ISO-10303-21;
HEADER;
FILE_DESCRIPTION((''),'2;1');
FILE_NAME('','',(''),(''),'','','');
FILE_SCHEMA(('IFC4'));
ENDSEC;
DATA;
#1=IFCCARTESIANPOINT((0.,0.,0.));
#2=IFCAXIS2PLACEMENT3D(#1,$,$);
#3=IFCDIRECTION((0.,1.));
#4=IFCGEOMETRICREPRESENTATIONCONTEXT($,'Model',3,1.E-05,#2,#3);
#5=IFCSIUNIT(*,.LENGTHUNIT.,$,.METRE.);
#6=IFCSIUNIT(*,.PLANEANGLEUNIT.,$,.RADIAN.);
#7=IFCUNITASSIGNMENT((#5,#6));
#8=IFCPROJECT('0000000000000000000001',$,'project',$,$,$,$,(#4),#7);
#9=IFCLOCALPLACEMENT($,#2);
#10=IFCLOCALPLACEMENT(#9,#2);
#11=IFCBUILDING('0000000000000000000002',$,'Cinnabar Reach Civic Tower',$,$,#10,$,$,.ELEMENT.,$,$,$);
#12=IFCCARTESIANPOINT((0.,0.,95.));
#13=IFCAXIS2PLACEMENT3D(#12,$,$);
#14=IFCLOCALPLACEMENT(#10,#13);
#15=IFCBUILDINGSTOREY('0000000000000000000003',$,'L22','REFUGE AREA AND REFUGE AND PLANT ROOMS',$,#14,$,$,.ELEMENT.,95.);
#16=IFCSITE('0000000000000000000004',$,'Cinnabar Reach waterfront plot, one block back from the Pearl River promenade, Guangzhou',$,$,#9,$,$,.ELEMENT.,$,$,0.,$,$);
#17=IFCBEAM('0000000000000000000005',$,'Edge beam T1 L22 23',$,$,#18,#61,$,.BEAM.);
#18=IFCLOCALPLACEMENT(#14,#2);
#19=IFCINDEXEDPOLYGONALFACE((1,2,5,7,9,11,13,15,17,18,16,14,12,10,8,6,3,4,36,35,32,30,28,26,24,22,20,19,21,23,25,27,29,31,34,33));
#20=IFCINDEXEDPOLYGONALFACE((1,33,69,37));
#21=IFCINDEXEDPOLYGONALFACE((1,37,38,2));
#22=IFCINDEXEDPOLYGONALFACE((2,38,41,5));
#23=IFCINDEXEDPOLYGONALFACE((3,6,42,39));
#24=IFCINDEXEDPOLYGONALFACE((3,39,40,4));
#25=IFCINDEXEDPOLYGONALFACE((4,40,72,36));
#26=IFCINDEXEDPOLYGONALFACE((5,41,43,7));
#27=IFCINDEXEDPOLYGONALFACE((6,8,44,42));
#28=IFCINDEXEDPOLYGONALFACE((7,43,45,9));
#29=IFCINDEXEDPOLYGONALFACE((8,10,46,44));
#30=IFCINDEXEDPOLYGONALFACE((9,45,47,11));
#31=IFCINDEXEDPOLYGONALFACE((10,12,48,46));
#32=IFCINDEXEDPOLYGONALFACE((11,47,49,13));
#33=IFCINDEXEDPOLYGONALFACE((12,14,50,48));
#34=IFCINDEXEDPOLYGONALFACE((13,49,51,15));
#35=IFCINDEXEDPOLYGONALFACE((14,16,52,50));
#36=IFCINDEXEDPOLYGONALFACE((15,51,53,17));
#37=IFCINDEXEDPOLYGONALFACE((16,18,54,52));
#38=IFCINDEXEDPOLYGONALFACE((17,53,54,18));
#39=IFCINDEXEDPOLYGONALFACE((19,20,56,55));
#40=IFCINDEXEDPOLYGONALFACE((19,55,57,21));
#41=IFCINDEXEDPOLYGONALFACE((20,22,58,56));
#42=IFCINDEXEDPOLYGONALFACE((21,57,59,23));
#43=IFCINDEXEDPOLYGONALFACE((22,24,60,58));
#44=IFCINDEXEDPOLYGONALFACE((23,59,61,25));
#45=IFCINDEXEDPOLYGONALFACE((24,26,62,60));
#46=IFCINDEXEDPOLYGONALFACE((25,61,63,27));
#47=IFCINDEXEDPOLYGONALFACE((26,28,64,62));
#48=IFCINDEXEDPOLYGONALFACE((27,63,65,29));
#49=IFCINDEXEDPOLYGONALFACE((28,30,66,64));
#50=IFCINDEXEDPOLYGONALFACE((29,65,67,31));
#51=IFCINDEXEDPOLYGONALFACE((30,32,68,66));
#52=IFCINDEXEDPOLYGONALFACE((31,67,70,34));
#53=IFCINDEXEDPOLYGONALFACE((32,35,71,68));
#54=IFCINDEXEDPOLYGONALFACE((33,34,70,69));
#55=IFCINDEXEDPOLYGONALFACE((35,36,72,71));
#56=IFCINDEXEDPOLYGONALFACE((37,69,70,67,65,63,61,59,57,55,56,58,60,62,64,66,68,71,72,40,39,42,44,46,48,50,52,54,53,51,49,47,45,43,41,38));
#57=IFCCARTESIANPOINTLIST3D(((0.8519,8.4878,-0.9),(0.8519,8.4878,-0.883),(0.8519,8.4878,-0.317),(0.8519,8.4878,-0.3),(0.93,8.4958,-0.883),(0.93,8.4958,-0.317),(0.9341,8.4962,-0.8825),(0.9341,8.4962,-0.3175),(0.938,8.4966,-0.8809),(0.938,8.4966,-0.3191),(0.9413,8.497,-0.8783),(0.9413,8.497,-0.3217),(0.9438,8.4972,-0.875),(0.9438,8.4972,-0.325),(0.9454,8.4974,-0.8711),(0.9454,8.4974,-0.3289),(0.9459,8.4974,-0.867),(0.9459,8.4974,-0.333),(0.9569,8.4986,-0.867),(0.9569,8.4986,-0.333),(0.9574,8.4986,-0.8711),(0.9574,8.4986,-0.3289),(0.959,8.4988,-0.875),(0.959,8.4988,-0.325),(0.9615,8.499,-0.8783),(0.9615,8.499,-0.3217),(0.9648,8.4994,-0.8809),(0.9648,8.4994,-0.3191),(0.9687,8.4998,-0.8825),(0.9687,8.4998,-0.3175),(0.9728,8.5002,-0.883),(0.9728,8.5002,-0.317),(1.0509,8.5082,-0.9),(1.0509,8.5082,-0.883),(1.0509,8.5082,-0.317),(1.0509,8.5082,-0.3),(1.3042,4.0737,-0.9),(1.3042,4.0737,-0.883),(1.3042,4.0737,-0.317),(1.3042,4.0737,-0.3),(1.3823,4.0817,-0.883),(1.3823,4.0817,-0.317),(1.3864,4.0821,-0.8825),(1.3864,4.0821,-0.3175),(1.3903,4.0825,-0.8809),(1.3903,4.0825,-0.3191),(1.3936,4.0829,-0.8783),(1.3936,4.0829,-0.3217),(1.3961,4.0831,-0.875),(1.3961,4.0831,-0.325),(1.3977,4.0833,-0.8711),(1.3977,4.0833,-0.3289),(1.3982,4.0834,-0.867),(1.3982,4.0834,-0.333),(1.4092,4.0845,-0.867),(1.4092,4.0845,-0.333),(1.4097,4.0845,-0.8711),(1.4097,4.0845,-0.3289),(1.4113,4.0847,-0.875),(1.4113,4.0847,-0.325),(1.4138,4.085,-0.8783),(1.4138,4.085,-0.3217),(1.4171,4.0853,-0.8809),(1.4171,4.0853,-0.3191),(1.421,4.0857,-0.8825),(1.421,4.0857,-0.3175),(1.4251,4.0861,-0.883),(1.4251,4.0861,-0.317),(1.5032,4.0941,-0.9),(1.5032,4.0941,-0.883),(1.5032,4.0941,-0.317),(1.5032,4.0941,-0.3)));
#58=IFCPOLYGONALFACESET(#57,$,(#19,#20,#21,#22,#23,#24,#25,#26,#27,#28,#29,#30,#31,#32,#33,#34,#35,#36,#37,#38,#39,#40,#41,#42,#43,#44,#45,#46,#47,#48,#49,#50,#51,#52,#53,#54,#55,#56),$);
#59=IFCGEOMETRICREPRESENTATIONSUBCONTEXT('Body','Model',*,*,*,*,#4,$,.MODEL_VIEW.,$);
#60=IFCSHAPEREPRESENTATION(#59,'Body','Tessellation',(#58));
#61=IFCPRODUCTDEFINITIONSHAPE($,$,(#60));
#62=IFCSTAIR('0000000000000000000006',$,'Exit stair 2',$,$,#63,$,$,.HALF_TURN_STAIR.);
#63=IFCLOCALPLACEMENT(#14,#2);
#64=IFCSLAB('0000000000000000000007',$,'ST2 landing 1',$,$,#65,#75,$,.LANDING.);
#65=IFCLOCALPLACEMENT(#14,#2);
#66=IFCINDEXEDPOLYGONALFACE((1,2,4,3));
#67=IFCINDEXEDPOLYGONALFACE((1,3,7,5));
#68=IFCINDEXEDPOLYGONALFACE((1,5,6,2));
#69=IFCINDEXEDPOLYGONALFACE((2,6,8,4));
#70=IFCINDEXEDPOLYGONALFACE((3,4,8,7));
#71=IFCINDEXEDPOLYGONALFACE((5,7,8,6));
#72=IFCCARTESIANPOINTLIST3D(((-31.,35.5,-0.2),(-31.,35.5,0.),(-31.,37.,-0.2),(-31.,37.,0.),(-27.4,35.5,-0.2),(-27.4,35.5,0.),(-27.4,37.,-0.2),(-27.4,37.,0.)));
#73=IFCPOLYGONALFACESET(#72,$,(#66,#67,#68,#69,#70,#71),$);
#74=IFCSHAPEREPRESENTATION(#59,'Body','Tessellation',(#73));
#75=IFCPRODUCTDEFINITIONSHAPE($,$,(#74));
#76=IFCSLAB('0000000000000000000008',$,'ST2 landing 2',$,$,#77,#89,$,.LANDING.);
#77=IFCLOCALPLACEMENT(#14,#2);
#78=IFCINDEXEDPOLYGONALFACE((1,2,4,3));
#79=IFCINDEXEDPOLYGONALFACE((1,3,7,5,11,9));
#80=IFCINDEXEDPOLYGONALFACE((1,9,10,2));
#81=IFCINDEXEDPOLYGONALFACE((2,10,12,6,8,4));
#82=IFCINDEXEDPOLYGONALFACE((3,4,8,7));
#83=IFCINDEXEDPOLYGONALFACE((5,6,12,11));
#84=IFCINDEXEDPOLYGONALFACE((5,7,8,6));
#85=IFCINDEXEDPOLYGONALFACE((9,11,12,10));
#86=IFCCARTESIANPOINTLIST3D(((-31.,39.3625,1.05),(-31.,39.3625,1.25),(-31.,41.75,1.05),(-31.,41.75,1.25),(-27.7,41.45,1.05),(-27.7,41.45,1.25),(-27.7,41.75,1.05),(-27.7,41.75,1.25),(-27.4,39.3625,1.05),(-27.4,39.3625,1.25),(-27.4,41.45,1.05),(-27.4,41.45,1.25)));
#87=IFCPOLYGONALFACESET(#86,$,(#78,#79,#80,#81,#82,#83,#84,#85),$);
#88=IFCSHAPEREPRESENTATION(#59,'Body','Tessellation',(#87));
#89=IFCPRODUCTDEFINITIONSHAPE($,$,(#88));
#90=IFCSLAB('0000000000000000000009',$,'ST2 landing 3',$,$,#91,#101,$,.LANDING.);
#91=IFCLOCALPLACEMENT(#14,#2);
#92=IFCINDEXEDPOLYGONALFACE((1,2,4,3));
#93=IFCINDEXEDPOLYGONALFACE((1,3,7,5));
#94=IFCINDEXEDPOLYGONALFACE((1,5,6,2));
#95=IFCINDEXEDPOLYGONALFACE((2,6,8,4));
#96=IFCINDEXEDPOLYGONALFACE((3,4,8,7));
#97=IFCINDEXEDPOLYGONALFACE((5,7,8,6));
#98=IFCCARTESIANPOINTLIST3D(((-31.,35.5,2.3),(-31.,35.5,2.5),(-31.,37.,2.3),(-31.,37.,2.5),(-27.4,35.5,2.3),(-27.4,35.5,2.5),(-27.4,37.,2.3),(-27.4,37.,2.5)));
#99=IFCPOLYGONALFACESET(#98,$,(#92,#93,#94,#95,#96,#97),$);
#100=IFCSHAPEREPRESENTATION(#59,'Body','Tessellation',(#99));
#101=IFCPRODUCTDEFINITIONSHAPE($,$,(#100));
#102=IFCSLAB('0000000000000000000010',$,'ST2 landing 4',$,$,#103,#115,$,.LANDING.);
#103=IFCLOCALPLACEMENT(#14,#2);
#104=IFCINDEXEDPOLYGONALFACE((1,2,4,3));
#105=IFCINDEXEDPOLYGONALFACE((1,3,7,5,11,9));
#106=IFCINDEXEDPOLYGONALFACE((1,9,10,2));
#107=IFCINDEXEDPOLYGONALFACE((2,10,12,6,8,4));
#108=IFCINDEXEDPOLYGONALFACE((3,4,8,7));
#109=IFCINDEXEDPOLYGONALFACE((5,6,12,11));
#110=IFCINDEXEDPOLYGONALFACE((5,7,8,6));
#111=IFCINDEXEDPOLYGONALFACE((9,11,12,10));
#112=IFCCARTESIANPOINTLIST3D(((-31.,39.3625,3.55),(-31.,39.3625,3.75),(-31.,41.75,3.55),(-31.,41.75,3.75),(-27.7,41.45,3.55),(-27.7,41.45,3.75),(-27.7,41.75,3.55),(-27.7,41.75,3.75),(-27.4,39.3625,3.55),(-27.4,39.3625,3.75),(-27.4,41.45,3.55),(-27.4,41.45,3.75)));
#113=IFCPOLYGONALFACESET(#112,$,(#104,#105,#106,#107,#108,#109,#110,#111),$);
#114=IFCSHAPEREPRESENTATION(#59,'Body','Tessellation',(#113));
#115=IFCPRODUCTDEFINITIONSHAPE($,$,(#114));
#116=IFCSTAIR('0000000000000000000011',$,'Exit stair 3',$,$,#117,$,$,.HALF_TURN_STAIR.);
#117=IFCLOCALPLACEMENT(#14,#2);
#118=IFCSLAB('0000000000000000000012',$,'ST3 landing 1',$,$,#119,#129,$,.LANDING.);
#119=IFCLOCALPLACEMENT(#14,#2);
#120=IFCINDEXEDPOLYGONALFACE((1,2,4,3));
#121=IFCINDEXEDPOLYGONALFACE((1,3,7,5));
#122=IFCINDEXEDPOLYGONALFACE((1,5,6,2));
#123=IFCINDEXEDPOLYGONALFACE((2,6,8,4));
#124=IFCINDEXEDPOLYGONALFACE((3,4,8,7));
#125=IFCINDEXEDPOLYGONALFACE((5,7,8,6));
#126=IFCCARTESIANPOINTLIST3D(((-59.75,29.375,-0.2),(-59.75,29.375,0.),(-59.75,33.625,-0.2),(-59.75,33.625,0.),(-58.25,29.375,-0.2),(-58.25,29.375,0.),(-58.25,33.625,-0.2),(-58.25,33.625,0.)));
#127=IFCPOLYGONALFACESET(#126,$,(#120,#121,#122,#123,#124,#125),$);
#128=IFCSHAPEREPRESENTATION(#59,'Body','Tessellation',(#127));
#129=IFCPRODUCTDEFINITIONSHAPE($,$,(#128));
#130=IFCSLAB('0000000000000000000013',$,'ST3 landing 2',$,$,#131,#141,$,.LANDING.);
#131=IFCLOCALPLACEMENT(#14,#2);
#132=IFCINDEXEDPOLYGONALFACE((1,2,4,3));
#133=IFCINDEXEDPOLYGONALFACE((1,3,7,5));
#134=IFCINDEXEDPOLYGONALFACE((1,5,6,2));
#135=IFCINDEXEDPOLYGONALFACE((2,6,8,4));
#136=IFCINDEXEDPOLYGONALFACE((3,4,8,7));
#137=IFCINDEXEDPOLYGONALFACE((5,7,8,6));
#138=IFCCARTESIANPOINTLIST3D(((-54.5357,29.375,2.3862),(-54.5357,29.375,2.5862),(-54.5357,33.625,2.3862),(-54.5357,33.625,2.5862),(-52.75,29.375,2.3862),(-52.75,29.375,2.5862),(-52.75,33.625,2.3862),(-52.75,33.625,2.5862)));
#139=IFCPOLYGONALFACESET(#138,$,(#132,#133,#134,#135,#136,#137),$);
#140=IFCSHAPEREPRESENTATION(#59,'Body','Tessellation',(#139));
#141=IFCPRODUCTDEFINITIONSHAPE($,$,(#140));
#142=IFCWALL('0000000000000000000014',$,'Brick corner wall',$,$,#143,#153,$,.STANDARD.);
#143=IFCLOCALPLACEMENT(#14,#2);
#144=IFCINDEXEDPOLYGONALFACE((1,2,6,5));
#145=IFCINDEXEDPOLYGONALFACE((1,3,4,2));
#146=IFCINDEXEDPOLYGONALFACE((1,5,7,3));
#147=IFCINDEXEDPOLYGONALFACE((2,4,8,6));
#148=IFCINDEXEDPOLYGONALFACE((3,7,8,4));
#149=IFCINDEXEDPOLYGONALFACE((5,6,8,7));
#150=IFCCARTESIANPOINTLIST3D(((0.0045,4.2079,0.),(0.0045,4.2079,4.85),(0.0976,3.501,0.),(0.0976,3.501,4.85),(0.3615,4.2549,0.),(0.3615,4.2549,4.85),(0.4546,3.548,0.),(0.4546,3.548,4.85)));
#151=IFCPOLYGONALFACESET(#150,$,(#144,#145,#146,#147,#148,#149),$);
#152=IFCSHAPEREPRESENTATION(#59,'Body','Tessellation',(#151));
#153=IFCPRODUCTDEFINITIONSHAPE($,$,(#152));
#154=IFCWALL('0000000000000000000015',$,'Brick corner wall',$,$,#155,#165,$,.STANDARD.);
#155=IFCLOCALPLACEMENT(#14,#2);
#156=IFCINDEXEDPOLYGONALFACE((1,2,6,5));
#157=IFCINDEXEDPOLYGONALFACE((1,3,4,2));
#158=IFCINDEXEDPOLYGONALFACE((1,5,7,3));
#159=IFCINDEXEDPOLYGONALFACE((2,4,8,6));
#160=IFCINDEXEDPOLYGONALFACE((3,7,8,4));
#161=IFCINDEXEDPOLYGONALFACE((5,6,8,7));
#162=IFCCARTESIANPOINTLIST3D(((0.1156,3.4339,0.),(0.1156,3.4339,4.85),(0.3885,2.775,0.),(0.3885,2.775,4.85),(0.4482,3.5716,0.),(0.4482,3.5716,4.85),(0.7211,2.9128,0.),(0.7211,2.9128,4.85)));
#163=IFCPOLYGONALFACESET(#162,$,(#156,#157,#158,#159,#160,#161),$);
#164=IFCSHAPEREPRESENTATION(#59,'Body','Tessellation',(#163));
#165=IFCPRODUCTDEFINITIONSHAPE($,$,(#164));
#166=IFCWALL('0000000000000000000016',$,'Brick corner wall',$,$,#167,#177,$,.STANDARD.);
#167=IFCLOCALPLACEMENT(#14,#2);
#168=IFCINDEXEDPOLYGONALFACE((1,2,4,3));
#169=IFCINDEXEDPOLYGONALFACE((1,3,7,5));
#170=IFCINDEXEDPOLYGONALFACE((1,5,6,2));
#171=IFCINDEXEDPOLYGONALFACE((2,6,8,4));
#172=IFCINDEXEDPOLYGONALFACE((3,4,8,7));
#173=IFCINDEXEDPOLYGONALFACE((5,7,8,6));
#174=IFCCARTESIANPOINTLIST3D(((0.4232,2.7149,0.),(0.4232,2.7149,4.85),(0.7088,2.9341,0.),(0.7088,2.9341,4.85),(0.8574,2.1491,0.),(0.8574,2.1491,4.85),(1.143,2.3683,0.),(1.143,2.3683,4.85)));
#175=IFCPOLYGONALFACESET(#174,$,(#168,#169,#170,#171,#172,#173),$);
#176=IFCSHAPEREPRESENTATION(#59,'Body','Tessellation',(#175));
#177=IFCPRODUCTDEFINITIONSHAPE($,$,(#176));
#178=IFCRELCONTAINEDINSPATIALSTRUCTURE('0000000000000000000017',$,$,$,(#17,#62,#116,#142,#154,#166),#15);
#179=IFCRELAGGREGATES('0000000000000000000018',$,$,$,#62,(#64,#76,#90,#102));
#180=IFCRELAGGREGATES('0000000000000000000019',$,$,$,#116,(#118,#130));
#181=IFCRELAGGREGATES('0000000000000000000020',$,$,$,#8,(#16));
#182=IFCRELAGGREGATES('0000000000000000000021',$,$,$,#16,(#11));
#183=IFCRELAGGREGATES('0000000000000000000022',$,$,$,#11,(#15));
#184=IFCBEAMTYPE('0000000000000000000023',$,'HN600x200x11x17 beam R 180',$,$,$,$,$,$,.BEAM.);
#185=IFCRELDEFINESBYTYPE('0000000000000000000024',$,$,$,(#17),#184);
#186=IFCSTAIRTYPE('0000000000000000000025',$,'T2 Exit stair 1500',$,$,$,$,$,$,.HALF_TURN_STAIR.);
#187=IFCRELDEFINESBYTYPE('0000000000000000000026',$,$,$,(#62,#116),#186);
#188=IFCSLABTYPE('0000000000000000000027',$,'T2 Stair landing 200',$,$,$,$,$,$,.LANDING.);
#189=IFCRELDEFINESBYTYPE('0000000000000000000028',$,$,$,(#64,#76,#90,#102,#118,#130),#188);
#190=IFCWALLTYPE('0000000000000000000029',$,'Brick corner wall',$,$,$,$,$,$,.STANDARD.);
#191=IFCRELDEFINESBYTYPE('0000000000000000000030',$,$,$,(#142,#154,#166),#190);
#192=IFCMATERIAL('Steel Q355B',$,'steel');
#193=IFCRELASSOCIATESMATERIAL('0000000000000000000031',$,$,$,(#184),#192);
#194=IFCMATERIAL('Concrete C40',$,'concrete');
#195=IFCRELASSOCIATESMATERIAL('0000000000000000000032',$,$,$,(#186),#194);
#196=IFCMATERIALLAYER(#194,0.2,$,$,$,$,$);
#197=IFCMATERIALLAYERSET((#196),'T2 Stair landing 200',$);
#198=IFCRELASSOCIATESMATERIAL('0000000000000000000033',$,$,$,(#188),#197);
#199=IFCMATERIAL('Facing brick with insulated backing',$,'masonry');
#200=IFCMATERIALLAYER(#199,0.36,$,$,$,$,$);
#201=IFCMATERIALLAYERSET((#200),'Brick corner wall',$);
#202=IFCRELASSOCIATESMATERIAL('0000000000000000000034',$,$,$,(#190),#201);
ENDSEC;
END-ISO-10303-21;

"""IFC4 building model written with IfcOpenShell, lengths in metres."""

from ifc_helpers import new_model, si_unit, direction, frame, frame_2d, origin, origin_2d, place, context, subcontext, project, spatial, polyline, rectangle, i_section, outline, extrude, material, layer, layer_set, material_profile, profile_set, type_object, element, aggregate, save


model = new_model("IFC4")

# Units and contexts
model_context = context("Model", 3, precision=1e-05, world=origin(), true_north=direction((0.0, 1.0)))
body_context = subcontext(model_context, "Body", "Model", "MODEL_VIEW")
ifc_project = project(units=[si_unit("LENGTHUNIT", "METRE"), si_unit("PLANEANGLEUNIT", "RADIAN")], contexts=[model_context])

# Site, building, storey
site_placement = place(None, origin())
site = spatial("IfcSite", under=ifc_project, at=site_placement, Name="Cinnabar Reach waterfront plot, one block back from the Pearl River promenade, Guangzhou", CompositionType="ELEMENT", RefElevation=0.0)
building_placement = place(site_placement, origin())
building = spatial("IfcBuilding", under=site, at=building_placement, Name="Cinnabar Reach Civic Tower", CompositionType="ELEMENT")
storey_placement = place(building_placement, frame((0.0, 0.0, 95.0)))
storey = spatial("IfcBuildingStorey", under=building, at=storey_placement, Name="L22", Description="REFUGE AREA AND REFUGE AND PLANT ROOMS", CompositionType="ELEMENT", Elevation=95.0)

# Beam
ifc_material_1 = material(Name="Steel Q355B", Category="steel")
ifc_material_profile_1 = material_profile(ifc_material_1, i_section(OverallWidth=0.2, OverallDepth=0.6, WebThickness=0.011, FlangeThickness=0.017, FilletRadius=0.016, at=origin_2d()), Name="HN600x200x11x17")
ifc_profile_set_1 = profile_set([ifc_material_profile_1], Name="Steel Q355B")
beam_type_1 = type_object("IfcBeamType", Name="HN600x200x11x17 beam R 180", PredefinedType="BEAM", material=ifc_profile_set_1)
beam_1_placement = place(storey_placement, frame((0.9514, 8.498, -0.6), z_axis=(0.101933, -0.994791, 0.0), x_axis=(0.994791, 0.101933, 0.0)))
element("IfcBeam", 1, at=beam_1_placement, inside=storey, type_object=beam_type_1, Name="Edge beam T1 L22 23", PredefinedType="BEAM", context=body_context, shape_type="SweptSolid", body=[
    extrude(i_section(OverallWidth=0.2, OverallDepth=0.6, WebThickness=0.011, FlangeThickness=0.017, FilletRadius=0.016, at=origin_2d()), origin(), (0.0, 0.0, 1.0), 4.4372),
])

# Stairs, slabs
ifc_material_2 = material(Name="Concrete C40", Category="concrete")
stair_type = type_object("IfcStairType", Name="T2 Exit stair 1500", PredefinedType="HALF_TURN_STAIR", material=ifc_material_2)
stair_1_placement = place(storey_placement, origin())
stair_1 = element("IfcStair", 2, at=stair_1_placement, inside=storey, type_object=stair_type, Name="Exit stair 2", PredefinedType="HALF_TURN_STAIR")
ifc_layer_1 = layer(ifc_material_2, 0.2)
ifc_layer_set_1 = layer_set([ifc_layer_1], Name="T2 Stair landing 200")
slab_type = type_object("IfcSlabType", Name="T2 Stair landing 200", PredefinedType="LANDING", material=ifc_layer_set_1)
slab_1_placement = place(storey_placement, frame((0.0, 0.0, -0.2)))
slab_1 = element("IfcSlab", 3, at=slab_1_placement, type_object=slab_type, Name="ST2 landing 1", PredefinedType="LANDING", context=body_context, shape_type="SweptSolid", body=[
    extrude(outline(polyline([(-31.0, 35.5), (-31.0, 37.0), (-27.4, 37.0), (-27.4, 35.5), (-31.0, 35.5)])), origin(), (0.0, 0.0, 1.0), 0.2),
])
slab_2_placement = place(storey_placement, frame((0.0, 0.0, 1.05)))
slab_2 = element("IfcSlab", 4, at=slab_2_placement, type_object=slab_type, Name="ST2 landing 2", PredefinedType="LANDING", context=body_context, shape_type="SweptSolid", body=[
    extrude(outline(polyline([(-27.4, 39.3625), (-31.0, 39.3625), (-31.0, 41.75), (-27.7, 41.75), (-27.7, 41.45), (-27.4, 41.45), (-27.4, 39.3625)])), origin(), (0.0, 0.0, 1.0), 0.2),
])
slab_3_placement = place(storey_placement, frame((0.0, 0.0, 2.3)))
slab_3 = element("IfcSlab", 5, at=slab_3_placement, type_object=slab_type, Name="ST2 landing 3", PredefinedType="LANDING", context=body_context, shape_type="SweptSolid", body=[
    extrude(outline(polyline([(-31.0, 35.5), (-31.0, 37.0), (-27.4, 37.0), (-27.4, 35.5), (-31.0, 35.5)])), origin(), (0.0, 0.0, 1.0), 0.2),
])
slab_4_placement = place(storey_placement, frame((0.0, 0.0, 3.55)))
slab_4 = element("IfcSlab", 6, at=slab_4_placement, type_object=slab_type, Name="ST2 landing 4", PredefinedType="LANDING", context=body_context, shape_type="SweptSolid", body=[
    extrude(outline(polyline([(-27.4, 39.3625), (-31.0, 39.3625), (-31.0, 41.75), (-27.7, 41.75), (-27.7, 41.45), (-27.4, 41.45), (-27.4, 39.3625)])), origin(), (0.0, 0.0, 1.0), 0.2),
])
aggregate(stair_1, [slab_1, slab_2, slab_3, slab_4])
stair_2_placement = place(storey_placement, origin())
stair_2 = element("IfcStair", 7, at=stair_2_placement, inside=storey, type_object=stair_type, Name="Exit stair 3", PredefinedType="HALF_TURN_STAIR")
slab_5_placement = place(storey_placement, frame((0.0, 0.0, -0.2)))
slab_5 = element("IfcSlab", 8, at=slab_5_placement, type_object=slab_type, Name="ST3 landing 1", PredefinedType="LANDING", context=body_context, shape_type="SweptSolid", body=[
    extrude(outline(polyline([(-59.75, 29.375), (-59.75, 33.625), (-58.25, 33.625), (-58.25, 29.375), (-59.75, 29.375)])), origin(), (0.0, 0.0, 1.0), 0.2),
])
slab_6_placement = place(storey_placement, frame((0.0, 0.0, 2.3862)))
slab_6 = element("IfcSlab", 9, at=slab_6_placement, type_object=slab_type, Name="ST3 landing 2", PredefinedType="LANDING", context=body_context, shape_type="SweptSolid", body=[
    extrude(outline(polyline([(-54.5357, 29.375), (-54.5357, 33.625), (-52.75, 33.625), (-52.75, 29.375), (-54.5357, 29.375)])), origin(), (0.0, 0.0, 1.0), 0.2),
])
aggregate(stair_2, [slab_5, slab_6])

# Walls
ifc_material_3 = material(Name="Facing brick with insulated backing", Category="masonry")
ifc_layer_2 = layer(ifc_material_3, 0.36)
ifc_layer_set_2 = layer_set([ifc_layer_2], Name="Brick corner wall")
wall_type_1 = type_object("IfcWallType", Name="Brick corner wall", PredefinedType="STANDARD", material=ifc_layer_set_2)
for number, where, z_axis, x_axis, name in (
    (10, (0.183, 4.2314, 0.0), (0.0, 0.0, 1.0), (0.130556, -0.991441, 0.0), "Brick corner wall"),
    (11, (0.2819, 3.5027, 0.0), (0.0, 0.0, 1.0), (0.382703, -0.923872, 0.0), "Brick corner wall"),
):
    element("IfcWall", number, at=place(storey_placement, frame(where, z_axis=z_axis, x_axis=x_axis)), inside=storey, type_object=wall_type_1, Name=name, PredefinedType="STANDARD", context=body_context, shape_type="SweptSolid", body=[
        extrude(rectangle(XDim=0.7131, YDim=0.36, at=frame_2d((0.3565, 0.0))), origin(), (0.0, 0.0, 1.0), 4.85),
    ])
wall_1_placement = place(storey_placement, frame((0.566, 2.8245, 0.0), z_axis=(0.0, 0.0, 1.0), x_axis=(0.608802, -0.793322, 0.0)))
element("IfcWall", 12, at=wall_1_placement, inside=storey, type_object=wall_type_1, Name="Brick corner wall", PredefinedType="STANDARD", context=body_context, shape_type="SweptSolid", body=[
    extrude(rectangle(XDim=0.7132, YDim=0.36, at=frame_2d((0.3566, 0.0))), origin(), (0.0, 0.0, 1.0), 4.85),
])

save(model, "model.ifc")
